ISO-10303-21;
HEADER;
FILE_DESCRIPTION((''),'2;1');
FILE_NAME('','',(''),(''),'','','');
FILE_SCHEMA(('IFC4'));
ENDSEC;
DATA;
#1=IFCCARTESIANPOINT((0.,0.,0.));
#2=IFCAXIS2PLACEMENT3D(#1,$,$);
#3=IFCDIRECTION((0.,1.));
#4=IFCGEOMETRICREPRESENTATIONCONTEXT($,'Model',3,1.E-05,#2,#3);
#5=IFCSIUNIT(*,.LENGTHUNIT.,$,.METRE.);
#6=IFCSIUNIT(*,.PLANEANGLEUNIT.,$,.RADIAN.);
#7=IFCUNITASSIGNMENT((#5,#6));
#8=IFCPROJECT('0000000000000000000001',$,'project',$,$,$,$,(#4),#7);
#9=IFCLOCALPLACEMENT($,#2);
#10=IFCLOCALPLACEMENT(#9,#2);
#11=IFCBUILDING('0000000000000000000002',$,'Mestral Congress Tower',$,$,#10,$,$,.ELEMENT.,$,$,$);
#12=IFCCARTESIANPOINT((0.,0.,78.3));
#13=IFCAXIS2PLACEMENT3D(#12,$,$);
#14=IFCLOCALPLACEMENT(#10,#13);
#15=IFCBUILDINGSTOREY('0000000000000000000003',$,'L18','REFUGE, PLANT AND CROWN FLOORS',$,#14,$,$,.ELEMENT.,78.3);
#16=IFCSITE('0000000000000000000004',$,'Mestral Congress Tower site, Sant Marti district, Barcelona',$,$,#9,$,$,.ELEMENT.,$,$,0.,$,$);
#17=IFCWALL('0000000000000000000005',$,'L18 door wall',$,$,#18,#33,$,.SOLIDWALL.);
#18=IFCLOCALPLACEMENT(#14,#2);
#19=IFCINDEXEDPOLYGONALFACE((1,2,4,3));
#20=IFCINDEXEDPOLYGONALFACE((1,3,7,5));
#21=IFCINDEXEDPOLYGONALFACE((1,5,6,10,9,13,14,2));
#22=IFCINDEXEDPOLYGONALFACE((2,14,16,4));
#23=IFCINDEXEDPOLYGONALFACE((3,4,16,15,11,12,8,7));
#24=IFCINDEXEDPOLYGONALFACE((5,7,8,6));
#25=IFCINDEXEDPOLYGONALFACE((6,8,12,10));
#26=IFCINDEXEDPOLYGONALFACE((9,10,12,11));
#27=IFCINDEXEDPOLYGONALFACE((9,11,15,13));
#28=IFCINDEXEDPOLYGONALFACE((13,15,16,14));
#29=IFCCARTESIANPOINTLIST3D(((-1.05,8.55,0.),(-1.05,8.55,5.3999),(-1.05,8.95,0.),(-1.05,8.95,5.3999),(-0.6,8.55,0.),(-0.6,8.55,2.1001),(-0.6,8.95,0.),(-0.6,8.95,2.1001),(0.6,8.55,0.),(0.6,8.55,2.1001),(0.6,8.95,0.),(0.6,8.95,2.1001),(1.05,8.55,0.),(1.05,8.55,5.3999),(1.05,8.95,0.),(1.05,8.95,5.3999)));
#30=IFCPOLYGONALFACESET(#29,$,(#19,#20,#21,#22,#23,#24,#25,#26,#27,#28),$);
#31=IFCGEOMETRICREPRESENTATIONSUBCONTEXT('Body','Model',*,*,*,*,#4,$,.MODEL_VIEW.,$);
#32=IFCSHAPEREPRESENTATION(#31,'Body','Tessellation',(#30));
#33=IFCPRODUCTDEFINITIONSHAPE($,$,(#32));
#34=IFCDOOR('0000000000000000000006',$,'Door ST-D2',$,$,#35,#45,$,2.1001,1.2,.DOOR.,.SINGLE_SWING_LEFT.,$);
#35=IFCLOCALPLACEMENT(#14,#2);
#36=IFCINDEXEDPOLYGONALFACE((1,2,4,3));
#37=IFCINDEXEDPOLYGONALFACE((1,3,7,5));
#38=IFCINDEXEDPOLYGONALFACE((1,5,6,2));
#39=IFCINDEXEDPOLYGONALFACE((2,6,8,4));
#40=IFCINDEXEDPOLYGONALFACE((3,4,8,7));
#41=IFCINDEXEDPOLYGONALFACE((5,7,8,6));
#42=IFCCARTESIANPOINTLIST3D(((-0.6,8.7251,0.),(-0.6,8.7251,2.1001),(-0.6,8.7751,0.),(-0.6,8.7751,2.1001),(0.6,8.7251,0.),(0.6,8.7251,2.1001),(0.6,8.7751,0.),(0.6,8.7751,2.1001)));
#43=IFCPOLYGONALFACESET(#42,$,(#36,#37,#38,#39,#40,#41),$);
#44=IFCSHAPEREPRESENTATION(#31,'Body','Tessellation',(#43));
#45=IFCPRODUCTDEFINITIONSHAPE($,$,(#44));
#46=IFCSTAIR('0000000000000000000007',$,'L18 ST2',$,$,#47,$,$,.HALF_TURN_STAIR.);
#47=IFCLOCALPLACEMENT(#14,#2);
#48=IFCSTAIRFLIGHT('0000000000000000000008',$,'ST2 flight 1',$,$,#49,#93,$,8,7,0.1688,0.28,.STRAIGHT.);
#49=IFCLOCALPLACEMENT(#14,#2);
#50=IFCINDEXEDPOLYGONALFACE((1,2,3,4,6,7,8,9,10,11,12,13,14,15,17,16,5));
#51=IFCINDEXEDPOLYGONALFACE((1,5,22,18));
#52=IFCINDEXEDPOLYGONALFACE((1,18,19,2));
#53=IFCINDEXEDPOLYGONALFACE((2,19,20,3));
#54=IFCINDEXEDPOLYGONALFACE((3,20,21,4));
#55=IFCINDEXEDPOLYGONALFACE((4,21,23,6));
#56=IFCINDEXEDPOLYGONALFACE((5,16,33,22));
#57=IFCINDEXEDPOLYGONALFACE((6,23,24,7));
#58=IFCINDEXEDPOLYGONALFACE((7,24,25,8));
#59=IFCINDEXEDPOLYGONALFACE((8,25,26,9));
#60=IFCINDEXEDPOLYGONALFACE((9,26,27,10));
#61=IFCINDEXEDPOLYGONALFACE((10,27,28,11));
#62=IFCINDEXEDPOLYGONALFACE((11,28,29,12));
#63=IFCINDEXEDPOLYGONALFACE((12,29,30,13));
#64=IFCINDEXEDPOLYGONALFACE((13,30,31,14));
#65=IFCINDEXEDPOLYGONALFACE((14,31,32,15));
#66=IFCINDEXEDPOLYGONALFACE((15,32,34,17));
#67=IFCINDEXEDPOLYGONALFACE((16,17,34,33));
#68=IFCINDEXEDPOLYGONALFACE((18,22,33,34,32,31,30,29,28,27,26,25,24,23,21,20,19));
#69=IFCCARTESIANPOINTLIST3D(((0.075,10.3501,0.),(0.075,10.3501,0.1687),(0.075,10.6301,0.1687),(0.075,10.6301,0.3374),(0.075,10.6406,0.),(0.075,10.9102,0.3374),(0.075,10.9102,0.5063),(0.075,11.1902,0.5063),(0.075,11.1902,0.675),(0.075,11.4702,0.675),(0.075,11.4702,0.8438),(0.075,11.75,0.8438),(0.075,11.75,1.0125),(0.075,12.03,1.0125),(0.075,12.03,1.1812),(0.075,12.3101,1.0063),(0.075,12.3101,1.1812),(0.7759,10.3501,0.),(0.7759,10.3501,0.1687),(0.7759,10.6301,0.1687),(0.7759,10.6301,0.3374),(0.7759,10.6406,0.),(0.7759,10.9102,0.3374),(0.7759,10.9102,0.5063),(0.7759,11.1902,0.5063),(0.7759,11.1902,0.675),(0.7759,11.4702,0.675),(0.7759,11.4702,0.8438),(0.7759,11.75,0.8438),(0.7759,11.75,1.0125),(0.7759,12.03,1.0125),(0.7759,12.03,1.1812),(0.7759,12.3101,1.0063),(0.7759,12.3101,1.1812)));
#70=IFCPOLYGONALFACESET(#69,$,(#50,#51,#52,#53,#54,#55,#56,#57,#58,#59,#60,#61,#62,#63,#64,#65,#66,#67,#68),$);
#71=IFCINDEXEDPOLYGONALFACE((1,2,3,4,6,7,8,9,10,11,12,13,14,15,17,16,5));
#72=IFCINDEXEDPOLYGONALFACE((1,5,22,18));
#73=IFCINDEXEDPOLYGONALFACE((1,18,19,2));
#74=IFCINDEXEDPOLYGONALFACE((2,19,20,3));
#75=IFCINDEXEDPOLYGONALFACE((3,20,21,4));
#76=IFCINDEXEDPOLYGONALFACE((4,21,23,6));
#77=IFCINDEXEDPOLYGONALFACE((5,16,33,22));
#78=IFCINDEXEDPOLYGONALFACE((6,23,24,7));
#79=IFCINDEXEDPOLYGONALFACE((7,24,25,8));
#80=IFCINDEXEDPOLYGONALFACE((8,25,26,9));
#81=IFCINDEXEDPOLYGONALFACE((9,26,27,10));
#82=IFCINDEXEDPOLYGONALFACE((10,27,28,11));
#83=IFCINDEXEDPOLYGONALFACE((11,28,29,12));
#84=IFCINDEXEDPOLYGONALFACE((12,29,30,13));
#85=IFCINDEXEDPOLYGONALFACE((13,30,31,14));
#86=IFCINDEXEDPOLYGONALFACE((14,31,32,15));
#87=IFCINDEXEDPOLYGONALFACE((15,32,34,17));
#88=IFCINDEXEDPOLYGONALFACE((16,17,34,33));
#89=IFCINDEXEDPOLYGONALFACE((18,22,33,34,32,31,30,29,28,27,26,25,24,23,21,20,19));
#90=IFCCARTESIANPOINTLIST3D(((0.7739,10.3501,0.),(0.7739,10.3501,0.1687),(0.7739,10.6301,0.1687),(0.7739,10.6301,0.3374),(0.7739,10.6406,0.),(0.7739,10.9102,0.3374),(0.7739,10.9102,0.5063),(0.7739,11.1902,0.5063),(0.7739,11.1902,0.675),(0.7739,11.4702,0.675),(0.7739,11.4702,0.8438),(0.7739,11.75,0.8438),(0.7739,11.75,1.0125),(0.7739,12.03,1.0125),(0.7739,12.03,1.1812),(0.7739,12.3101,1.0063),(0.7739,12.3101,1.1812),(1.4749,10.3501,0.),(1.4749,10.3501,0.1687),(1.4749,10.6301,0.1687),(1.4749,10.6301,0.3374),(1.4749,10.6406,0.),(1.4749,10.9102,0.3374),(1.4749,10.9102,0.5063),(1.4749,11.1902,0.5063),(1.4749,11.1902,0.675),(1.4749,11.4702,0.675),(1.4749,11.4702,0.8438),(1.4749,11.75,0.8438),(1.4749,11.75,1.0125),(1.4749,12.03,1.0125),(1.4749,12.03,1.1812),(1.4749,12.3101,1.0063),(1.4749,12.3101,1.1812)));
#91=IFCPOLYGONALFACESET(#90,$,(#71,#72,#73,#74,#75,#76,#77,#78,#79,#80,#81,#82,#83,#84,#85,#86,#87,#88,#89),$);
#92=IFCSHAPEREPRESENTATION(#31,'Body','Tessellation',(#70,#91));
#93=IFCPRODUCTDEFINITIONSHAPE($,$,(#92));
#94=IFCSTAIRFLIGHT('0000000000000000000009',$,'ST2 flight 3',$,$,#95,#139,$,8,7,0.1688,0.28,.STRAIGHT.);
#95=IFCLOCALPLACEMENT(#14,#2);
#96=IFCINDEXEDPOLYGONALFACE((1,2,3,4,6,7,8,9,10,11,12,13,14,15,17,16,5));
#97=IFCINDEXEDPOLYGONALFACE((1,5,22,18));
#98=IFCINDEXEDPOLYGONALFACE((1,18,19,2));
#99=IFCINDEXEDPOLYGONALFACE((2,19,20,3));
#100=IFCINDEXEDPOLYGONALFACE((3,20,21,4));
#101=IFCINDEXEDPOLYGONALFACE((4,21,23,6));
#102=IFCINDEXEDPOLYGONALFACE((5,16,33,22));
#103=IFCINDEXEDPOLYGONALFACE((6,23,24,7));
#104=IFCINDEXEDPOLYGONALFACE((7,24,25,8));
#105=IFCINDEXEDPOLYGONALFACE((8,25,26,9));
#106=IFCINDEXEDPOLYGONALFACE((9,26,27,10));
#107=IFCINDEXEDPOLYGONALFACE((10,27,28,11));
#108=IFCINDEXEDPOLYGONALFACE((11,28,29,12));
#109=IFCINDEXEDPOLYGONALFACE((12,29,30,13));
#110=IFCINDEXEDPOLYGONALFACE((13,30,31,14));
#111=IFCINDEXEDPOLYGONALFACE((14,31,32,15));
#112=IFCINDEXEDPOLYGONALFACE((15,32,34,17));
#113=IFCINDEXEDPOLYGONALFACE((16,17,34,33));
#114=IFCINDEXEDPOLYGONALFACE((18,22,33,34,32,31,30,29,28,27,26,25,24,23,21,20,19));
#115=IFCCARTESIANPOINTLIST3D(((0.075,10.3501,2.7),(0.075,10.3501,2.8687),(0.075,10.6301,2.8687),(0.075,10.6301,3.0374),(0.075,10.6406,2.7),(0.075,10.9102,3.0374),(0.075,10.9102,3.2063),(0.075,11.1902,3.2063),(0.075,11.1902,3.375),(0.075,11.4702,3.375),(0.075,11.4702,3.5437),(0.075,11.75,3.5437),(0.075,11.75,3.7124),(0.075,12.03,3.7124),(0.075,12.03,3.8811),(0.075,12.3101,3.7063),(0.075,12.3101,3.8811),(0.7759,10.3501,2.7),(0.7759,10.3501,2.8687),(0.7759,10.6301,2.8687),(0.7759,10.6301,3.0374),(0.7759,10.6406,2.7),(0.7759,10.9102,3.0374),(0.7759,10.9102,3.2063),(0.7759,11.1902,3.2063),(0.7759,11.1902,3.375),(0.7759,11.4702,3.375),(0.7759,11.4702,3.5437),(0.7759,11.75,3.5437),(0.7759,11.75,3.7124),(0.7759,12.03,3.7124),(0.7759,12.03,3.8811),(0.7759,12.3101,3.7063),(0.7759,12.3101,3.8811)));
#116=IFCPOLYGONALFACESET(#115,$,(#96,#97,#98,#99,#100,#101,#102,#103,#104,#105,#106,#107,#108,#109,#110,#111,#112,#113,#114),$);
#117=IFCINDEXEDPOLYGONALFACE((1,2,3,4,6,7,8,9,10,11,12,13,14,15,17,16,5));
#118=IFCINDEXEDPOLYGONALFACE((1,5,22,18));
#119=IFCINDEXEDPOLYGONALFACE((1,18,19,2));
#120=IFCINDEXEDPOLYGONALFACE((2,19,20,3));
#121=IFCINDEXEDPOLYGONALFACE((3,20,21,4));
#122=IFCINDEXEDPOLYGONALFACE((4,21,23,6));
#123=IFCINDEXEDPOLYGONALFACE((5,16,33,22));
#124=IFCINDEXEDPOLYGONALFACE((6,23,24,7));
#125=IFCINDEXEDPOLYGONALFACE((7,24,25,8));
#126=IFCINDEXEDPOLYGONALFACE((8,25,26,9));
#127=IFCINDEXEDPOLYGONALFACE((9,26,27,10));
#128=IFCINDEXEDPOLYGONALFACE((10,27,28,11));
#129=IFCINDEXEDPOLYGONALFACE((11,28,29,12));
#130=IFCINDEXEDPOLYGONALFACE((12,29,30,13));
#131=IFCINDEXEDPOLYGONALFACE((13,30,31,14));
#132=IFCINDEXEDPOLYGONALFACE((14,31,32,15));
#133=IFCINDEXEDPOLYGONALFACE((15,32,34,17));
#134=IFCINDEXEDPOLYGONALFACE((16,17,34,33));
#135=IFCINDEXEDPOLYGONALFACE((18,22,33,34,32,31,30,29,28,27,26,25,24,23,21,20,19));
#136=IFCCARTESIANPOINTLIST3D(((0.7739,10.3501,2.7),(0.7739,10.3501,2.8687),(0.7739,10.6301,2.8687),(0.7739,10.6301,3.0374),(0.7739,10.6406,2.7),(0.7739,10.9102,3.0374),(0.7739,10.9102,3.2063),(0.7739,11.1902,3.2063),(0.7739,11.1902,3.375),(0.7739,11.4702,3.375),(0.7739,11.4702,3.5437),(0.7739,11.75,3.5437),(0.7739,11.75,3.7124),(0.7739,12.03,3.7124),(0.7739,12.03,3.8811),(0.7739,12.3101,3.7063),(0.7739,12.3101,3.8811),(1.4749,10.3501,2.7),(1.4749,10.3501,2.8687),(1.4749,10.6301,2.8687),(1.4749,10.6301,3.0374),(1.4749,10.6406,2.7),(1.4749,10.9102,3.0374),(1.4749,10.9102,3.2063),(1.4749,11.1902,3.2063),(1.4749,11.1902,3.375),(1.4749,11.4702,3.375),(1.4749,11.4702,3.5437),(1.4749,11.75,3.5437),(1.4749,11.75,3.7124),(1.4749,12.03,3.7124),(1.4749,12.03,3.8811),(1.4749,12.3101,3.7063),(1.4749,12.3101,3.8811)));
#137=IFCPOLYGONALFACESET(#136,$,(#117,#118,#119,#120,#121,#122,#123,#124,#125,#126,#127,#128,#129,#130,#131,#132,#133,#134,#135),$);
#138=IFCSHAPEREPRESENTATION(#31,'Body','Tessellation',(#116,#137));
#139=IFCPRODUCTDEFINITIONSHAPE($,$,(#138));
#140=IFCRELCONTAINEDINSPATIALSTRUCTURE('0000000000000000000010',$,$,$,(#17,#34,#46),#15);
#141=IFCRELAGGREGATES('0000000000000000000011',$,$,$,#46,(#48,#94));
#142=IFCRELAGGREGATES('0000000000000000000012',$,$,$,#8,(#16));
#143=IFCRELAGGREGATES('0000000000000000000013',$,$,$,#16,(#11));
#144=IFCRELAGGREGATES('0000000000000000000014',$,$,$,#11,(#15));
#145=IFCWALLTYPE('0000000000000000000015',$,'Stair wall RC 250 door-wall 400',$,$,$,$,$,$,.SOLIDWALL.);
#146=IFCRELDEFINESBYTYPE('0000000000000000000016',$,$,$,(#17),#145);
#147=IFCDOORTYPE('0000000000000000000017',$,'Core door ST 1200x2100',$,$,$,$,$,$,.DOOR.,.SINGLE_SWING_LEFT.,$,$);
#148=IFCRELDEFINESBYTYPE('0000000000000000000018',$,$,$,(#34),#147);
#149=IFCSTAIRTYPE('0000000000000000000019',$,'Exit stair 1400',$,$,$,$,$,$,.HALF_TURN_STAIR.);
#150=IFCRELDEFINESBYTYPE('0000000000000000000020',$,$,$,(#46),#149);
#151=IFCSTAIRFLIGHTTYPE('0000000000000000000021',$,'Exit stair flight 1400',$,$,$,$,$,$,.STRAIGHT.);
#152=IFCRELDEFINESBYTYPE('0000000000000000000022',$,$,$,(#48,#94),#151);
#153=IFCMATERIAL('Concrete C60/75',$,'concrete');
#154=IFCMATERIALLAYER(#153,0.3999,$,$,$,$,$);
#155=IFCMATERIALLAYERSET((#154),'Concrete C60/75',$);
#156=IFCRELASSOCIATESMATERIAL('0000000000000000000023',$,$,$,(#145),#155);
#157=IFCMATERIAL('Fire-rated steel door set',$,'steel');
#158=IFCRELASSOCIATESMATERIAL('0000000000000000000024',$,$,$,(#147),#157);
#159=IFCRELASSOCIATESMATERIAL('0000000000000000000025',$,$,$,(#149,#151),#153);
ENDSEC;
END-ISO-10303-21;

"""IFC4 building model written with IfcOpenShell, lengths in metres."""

from ifc_helpers import new_model, si_unit, direction, frame, frame_2d, origin, place, context, subcontext, project, spatial, polyline, rectangle, outline, extrude, material, layer, layer_set, type_object, element, fill, aggregate, save


model = new_model("IFC4")

# Units and contexts
model_context = context("Model", 3, precision=1e-05, world=origin(), true_north=direction((0.0, 1.0)))
body_context = subcontext(model_context, "Body", "Model", "MODEL_VIEW")
ifc_project = project(units=[si_unit("LENGTHUNIT", "METRE"), si_unit("PLANEANGLEUNIT", "RADIAN")], contexts=[model_context])

# Site, building, storey
site_placement = place(None, origin())
site = spatial("IfcSite", under=ifc_project, at=site_placement, Name="Mestral Congress Tower site, Sant Marti district, Barcelona", CompositionType="ELEMENT", RefElevation=0.0)
building_placement = place(site_placement, origin())
building = spatial("IfcBuilding", under=site, at=building_placement, Name="Mestral Congress Tower", CompositionType="ELEMENT")
storey_placement = place(building_placement, frame((0.0, 0.0, 78.3)))
storey = spatial("IfcBuildingStorey", under=building, at=storey_placement, Name="L18", Description="REFUGE, PLANT AND CROWN FLOORS", CompositionType="ELEMENT", Elevation=78.3)

# Shared definitions
ifc_material_1 = material(Name="Fire-rated steel door set", Category="steel")

# Shared definitions
ifc_material_2 = material(Name="Concrete C60/75", Category="concrete")

# Wall, opening, door
ifc_layer_1 = layer(ifc_material_2, 0.3999)
ifc_layer_set_1 = layer_set([ifc_layer_1], Name="Concrete C60/75")
wall_type_1 = type_object("IfcWallType", Name="Stair wall RC 250 door-wall 400", PredefinedType="SOLIDWALL", material=ifc_layer_set_1)
wall_1_placement = place(storey_placement, frame((1.05, 8.75, 0.0), z_axis=(0.0, 0.0, 1.0), x_axis=(-1.0, 0.0, 0.0)))
wall_1 = element("IfcWall", 1, at=wall_1_placement, inside=storey, type_object=wall_type_1, Name="L18 door wall", PredefinedType="SOLIDWALL", context=body_context, shape_type="SweptSolid", body=[
    extrude(rectangle(XDim=2.1001, YDim=0.3999, at=frame_2d((1.05, 0.0))), origin(), (0.0, 0.0, 1.0), 5.3999),
])
opening_1_placement = place(wall_1_placement, frame((0.45, 0.0, 0.0)))
opening_1 = element("IfcOpeningElement", 2, at=opening_1_placement, cuts=wall_1, PredefinedType="OPENING", context=body_context, shape_type="SweptSolid", body=[
    extrude(rectangle(XDim=1.2, YDim=2.1001, at=frame_2d((0.6001, 1.05))), frame((0.0, 0.21, 0.0), z_axis=(0.0, -1.0, 0.0), x_axis=(1.0, 0.0, 0.0)), (0.0, 0.0, 1.0), 0.4199),
])
door_type_1 = type_object("IfcDoorType", Name="Core door ST 1200x2100", OperationType="SINGLE_SWING_LEFT", PredefinedType="DOOR", material=ifc_material_1)
door_1_placement = place(opening_1_placement, origin())
door_1 = element("IfcDoor", 3, at=door_1_placement, inside=storey, type_object=door_type_1, Name="Door ST-D2", OperationType="SINGLE_SWING_LEFT", OverallHeight=2.1001, OverallWidth=1.2, PredefinedType="DOOR", context=body_context, shape_type="SweptSolid", body=[
    extrude(rectangle(XDim=1.2, YDim=2.1001, at=frame_2d((0.6001, 1.05))), frame((0.0, 0.0249, 0.0), z_axis=(0.0, -1.0, 0.0), x_axis=(1.0, 0.0, 0.0)), (0.0, 0.0, 1.0), 0.05),
])
fill(opening_1, door_1)

# Stair, stair flights
stair_type = type_object("IfcStairType", Name="Exit stair 1400", PredefinedType="HALF_TURN_STAIR", material=ifc_material_2)
stair_placement = place(storey_placement, origin())
stair = element("IfcStair", 4, at=stair_placement, inside=storey, type_object=stair_type, Name="L18 ST2", PredefinedType="HALF_TURN_STAIR")
stair_flight_type = type_object("IfcStairFlightType", Name="Exit stair flight 1400", PredefinedType="STRAIGHT", material=ifc_material_2)
stair_flight_1_placement = place(storey_placement, frame((0.7749, 10.3501, 0.0), z_axis=(0.0, 0.0, 1.0), x_axis=(0.0, 1.0, 0.0)))
stair_flight_1 = element("IfcStairFlight", 5, at=stair_flight_1_placement, type_object=stair_flight_type, Name="ST2 flight 1", NumberOfRisers=8, NumberOfTreads=7, PredefinedType="STRAIGHT", RiserHeight=0.1688, TreadLength=0.28, context=body_context, shape_type="SweptSolid", body=[
    extrude(outline(polyline([(0.0, 0.0), (0.0, 0.1687), (0.28, 0.1687), (0.28, 0.3374), (0.5601, 0.3374), (0.5601, 0.5063), (0.8401, 0.5063), (0.8401, 0.675), (1.1201, 0.675), (1.1201, 0.8438), (1.3999, 0.8438), (1.3999, 1.0125), (1.6799, 1.0125), (1.6799, 1.1812), (1.96, 1.1812), (1.96, 1.3501), (1.96, 1.0063), (0.2905, 0.0), (0.0, 0.0)])), frame((0.0, 0.7, 0.0), z_axis=(0.0, -1.0, 0.0), x_axis=(1.0, 0.0, 0.0)), (0.0, 0.0, 1.0), 0.7009),
    extrude(outline(polyline([(0.0, 0.0), (0.0, 0.1687), (0.28, 0.1687), (0.28, 0.3374), (0.5601, 0.3374), (0.5601, 0.5063), (0.8401, 0.5063), (0.8401, 0.675), (1.1201, 0.675), (1.1201, 0.8438), (1.3999, 0.8438), (1.3999, 1.0125), (1.6799, 1.0125), (1.6799, 1.1812), (1.96, 1.1812), (1.96, 1.3501), (1.96, 1.0063), (0.2905, 0.0), (0.0, 0.0)])), frame((0.0, 0.001, 0.0), z_axis=(0.0, -1.0, 0.0), x_axis=(1.0, 0.0, 0.0)), (0.0, 0.0, 1.0), 0.7009),
])
stair_flight_2_placement = place(storey_placement, frame((0.7749, 10.3501, 2.7), z_axis=(0.0, 0.0, 1.0), x_axis=(0.0, 1.0, 0.0)))
stair_flight_2 = element("IfcStairFlight", 6, at=stair_flight_2_placement, type_object=stair_flight_type, Name="ST2 flight 3", NumberOfRisers=8, NumberOfTreads=7, PredefinedType="STRAIGHT", RiserHeight=0.1688, TreadLength=0.28, context=body_context, shape_type="SweptSolid", body=[
    extrude(outline(polyline([(0.0, 0.0), (0.0, 0.1687), (0.28, 0.1687), (0.28, 0.3374), (0.5601, 0.3374), (0.5601, 0.5063), (0.8401, 0.5063), (0.8401, 0.675), (1.1201, 0.675), (1.1201, 0.8438), (1.3999, 0.8438), (1.3999, 1.0125), (1.6799, 1.0125), (1.6799, 1.1812), (1.96, 1.1812), (1.96, 1.3501), (1.96, 1.0063), (0.2905, 0.0), (0.0, 0.0)])), frame((0.0, 0.7, 0.0), z_axis=(0.0, -1.0, 0.0), x_axis=(1.0, 0.0, 0.0)), (0.0, 0.0, 1.0), 0.7009),
    extrude(outline(polyline([(0.0, 0.0), (0.0, 0.1687), (0.28, 0.1687), (0.28, 0.3374), (0.5601, 0.3374), (0.5601, 0.5063), (0.8401, 0.5063), (0.8401, 0.675), (1.1201, 0.675), (1.1201, 0.8438), (1.3999, 0.8438), (1.3999, 1.0125), (1.6799, 1.0125), (1.6799, 1.1812), (1.96, 1.1812), (1.96, 1.3501), (1.96, 1.0063), (0.2905, 0.0), (0.0, 0.0)])), frame((0.0, 0.001, 0.0), z_axis=(0.0, -1.0, 0.0), x_axis=(1.0, 0.0, 0.0)), (0.0, 0.0, 1.0), 0.7009),
])
aggregate(stair, [stair_flight_1, stair_flight_2])

save(model, "model.ifc")
